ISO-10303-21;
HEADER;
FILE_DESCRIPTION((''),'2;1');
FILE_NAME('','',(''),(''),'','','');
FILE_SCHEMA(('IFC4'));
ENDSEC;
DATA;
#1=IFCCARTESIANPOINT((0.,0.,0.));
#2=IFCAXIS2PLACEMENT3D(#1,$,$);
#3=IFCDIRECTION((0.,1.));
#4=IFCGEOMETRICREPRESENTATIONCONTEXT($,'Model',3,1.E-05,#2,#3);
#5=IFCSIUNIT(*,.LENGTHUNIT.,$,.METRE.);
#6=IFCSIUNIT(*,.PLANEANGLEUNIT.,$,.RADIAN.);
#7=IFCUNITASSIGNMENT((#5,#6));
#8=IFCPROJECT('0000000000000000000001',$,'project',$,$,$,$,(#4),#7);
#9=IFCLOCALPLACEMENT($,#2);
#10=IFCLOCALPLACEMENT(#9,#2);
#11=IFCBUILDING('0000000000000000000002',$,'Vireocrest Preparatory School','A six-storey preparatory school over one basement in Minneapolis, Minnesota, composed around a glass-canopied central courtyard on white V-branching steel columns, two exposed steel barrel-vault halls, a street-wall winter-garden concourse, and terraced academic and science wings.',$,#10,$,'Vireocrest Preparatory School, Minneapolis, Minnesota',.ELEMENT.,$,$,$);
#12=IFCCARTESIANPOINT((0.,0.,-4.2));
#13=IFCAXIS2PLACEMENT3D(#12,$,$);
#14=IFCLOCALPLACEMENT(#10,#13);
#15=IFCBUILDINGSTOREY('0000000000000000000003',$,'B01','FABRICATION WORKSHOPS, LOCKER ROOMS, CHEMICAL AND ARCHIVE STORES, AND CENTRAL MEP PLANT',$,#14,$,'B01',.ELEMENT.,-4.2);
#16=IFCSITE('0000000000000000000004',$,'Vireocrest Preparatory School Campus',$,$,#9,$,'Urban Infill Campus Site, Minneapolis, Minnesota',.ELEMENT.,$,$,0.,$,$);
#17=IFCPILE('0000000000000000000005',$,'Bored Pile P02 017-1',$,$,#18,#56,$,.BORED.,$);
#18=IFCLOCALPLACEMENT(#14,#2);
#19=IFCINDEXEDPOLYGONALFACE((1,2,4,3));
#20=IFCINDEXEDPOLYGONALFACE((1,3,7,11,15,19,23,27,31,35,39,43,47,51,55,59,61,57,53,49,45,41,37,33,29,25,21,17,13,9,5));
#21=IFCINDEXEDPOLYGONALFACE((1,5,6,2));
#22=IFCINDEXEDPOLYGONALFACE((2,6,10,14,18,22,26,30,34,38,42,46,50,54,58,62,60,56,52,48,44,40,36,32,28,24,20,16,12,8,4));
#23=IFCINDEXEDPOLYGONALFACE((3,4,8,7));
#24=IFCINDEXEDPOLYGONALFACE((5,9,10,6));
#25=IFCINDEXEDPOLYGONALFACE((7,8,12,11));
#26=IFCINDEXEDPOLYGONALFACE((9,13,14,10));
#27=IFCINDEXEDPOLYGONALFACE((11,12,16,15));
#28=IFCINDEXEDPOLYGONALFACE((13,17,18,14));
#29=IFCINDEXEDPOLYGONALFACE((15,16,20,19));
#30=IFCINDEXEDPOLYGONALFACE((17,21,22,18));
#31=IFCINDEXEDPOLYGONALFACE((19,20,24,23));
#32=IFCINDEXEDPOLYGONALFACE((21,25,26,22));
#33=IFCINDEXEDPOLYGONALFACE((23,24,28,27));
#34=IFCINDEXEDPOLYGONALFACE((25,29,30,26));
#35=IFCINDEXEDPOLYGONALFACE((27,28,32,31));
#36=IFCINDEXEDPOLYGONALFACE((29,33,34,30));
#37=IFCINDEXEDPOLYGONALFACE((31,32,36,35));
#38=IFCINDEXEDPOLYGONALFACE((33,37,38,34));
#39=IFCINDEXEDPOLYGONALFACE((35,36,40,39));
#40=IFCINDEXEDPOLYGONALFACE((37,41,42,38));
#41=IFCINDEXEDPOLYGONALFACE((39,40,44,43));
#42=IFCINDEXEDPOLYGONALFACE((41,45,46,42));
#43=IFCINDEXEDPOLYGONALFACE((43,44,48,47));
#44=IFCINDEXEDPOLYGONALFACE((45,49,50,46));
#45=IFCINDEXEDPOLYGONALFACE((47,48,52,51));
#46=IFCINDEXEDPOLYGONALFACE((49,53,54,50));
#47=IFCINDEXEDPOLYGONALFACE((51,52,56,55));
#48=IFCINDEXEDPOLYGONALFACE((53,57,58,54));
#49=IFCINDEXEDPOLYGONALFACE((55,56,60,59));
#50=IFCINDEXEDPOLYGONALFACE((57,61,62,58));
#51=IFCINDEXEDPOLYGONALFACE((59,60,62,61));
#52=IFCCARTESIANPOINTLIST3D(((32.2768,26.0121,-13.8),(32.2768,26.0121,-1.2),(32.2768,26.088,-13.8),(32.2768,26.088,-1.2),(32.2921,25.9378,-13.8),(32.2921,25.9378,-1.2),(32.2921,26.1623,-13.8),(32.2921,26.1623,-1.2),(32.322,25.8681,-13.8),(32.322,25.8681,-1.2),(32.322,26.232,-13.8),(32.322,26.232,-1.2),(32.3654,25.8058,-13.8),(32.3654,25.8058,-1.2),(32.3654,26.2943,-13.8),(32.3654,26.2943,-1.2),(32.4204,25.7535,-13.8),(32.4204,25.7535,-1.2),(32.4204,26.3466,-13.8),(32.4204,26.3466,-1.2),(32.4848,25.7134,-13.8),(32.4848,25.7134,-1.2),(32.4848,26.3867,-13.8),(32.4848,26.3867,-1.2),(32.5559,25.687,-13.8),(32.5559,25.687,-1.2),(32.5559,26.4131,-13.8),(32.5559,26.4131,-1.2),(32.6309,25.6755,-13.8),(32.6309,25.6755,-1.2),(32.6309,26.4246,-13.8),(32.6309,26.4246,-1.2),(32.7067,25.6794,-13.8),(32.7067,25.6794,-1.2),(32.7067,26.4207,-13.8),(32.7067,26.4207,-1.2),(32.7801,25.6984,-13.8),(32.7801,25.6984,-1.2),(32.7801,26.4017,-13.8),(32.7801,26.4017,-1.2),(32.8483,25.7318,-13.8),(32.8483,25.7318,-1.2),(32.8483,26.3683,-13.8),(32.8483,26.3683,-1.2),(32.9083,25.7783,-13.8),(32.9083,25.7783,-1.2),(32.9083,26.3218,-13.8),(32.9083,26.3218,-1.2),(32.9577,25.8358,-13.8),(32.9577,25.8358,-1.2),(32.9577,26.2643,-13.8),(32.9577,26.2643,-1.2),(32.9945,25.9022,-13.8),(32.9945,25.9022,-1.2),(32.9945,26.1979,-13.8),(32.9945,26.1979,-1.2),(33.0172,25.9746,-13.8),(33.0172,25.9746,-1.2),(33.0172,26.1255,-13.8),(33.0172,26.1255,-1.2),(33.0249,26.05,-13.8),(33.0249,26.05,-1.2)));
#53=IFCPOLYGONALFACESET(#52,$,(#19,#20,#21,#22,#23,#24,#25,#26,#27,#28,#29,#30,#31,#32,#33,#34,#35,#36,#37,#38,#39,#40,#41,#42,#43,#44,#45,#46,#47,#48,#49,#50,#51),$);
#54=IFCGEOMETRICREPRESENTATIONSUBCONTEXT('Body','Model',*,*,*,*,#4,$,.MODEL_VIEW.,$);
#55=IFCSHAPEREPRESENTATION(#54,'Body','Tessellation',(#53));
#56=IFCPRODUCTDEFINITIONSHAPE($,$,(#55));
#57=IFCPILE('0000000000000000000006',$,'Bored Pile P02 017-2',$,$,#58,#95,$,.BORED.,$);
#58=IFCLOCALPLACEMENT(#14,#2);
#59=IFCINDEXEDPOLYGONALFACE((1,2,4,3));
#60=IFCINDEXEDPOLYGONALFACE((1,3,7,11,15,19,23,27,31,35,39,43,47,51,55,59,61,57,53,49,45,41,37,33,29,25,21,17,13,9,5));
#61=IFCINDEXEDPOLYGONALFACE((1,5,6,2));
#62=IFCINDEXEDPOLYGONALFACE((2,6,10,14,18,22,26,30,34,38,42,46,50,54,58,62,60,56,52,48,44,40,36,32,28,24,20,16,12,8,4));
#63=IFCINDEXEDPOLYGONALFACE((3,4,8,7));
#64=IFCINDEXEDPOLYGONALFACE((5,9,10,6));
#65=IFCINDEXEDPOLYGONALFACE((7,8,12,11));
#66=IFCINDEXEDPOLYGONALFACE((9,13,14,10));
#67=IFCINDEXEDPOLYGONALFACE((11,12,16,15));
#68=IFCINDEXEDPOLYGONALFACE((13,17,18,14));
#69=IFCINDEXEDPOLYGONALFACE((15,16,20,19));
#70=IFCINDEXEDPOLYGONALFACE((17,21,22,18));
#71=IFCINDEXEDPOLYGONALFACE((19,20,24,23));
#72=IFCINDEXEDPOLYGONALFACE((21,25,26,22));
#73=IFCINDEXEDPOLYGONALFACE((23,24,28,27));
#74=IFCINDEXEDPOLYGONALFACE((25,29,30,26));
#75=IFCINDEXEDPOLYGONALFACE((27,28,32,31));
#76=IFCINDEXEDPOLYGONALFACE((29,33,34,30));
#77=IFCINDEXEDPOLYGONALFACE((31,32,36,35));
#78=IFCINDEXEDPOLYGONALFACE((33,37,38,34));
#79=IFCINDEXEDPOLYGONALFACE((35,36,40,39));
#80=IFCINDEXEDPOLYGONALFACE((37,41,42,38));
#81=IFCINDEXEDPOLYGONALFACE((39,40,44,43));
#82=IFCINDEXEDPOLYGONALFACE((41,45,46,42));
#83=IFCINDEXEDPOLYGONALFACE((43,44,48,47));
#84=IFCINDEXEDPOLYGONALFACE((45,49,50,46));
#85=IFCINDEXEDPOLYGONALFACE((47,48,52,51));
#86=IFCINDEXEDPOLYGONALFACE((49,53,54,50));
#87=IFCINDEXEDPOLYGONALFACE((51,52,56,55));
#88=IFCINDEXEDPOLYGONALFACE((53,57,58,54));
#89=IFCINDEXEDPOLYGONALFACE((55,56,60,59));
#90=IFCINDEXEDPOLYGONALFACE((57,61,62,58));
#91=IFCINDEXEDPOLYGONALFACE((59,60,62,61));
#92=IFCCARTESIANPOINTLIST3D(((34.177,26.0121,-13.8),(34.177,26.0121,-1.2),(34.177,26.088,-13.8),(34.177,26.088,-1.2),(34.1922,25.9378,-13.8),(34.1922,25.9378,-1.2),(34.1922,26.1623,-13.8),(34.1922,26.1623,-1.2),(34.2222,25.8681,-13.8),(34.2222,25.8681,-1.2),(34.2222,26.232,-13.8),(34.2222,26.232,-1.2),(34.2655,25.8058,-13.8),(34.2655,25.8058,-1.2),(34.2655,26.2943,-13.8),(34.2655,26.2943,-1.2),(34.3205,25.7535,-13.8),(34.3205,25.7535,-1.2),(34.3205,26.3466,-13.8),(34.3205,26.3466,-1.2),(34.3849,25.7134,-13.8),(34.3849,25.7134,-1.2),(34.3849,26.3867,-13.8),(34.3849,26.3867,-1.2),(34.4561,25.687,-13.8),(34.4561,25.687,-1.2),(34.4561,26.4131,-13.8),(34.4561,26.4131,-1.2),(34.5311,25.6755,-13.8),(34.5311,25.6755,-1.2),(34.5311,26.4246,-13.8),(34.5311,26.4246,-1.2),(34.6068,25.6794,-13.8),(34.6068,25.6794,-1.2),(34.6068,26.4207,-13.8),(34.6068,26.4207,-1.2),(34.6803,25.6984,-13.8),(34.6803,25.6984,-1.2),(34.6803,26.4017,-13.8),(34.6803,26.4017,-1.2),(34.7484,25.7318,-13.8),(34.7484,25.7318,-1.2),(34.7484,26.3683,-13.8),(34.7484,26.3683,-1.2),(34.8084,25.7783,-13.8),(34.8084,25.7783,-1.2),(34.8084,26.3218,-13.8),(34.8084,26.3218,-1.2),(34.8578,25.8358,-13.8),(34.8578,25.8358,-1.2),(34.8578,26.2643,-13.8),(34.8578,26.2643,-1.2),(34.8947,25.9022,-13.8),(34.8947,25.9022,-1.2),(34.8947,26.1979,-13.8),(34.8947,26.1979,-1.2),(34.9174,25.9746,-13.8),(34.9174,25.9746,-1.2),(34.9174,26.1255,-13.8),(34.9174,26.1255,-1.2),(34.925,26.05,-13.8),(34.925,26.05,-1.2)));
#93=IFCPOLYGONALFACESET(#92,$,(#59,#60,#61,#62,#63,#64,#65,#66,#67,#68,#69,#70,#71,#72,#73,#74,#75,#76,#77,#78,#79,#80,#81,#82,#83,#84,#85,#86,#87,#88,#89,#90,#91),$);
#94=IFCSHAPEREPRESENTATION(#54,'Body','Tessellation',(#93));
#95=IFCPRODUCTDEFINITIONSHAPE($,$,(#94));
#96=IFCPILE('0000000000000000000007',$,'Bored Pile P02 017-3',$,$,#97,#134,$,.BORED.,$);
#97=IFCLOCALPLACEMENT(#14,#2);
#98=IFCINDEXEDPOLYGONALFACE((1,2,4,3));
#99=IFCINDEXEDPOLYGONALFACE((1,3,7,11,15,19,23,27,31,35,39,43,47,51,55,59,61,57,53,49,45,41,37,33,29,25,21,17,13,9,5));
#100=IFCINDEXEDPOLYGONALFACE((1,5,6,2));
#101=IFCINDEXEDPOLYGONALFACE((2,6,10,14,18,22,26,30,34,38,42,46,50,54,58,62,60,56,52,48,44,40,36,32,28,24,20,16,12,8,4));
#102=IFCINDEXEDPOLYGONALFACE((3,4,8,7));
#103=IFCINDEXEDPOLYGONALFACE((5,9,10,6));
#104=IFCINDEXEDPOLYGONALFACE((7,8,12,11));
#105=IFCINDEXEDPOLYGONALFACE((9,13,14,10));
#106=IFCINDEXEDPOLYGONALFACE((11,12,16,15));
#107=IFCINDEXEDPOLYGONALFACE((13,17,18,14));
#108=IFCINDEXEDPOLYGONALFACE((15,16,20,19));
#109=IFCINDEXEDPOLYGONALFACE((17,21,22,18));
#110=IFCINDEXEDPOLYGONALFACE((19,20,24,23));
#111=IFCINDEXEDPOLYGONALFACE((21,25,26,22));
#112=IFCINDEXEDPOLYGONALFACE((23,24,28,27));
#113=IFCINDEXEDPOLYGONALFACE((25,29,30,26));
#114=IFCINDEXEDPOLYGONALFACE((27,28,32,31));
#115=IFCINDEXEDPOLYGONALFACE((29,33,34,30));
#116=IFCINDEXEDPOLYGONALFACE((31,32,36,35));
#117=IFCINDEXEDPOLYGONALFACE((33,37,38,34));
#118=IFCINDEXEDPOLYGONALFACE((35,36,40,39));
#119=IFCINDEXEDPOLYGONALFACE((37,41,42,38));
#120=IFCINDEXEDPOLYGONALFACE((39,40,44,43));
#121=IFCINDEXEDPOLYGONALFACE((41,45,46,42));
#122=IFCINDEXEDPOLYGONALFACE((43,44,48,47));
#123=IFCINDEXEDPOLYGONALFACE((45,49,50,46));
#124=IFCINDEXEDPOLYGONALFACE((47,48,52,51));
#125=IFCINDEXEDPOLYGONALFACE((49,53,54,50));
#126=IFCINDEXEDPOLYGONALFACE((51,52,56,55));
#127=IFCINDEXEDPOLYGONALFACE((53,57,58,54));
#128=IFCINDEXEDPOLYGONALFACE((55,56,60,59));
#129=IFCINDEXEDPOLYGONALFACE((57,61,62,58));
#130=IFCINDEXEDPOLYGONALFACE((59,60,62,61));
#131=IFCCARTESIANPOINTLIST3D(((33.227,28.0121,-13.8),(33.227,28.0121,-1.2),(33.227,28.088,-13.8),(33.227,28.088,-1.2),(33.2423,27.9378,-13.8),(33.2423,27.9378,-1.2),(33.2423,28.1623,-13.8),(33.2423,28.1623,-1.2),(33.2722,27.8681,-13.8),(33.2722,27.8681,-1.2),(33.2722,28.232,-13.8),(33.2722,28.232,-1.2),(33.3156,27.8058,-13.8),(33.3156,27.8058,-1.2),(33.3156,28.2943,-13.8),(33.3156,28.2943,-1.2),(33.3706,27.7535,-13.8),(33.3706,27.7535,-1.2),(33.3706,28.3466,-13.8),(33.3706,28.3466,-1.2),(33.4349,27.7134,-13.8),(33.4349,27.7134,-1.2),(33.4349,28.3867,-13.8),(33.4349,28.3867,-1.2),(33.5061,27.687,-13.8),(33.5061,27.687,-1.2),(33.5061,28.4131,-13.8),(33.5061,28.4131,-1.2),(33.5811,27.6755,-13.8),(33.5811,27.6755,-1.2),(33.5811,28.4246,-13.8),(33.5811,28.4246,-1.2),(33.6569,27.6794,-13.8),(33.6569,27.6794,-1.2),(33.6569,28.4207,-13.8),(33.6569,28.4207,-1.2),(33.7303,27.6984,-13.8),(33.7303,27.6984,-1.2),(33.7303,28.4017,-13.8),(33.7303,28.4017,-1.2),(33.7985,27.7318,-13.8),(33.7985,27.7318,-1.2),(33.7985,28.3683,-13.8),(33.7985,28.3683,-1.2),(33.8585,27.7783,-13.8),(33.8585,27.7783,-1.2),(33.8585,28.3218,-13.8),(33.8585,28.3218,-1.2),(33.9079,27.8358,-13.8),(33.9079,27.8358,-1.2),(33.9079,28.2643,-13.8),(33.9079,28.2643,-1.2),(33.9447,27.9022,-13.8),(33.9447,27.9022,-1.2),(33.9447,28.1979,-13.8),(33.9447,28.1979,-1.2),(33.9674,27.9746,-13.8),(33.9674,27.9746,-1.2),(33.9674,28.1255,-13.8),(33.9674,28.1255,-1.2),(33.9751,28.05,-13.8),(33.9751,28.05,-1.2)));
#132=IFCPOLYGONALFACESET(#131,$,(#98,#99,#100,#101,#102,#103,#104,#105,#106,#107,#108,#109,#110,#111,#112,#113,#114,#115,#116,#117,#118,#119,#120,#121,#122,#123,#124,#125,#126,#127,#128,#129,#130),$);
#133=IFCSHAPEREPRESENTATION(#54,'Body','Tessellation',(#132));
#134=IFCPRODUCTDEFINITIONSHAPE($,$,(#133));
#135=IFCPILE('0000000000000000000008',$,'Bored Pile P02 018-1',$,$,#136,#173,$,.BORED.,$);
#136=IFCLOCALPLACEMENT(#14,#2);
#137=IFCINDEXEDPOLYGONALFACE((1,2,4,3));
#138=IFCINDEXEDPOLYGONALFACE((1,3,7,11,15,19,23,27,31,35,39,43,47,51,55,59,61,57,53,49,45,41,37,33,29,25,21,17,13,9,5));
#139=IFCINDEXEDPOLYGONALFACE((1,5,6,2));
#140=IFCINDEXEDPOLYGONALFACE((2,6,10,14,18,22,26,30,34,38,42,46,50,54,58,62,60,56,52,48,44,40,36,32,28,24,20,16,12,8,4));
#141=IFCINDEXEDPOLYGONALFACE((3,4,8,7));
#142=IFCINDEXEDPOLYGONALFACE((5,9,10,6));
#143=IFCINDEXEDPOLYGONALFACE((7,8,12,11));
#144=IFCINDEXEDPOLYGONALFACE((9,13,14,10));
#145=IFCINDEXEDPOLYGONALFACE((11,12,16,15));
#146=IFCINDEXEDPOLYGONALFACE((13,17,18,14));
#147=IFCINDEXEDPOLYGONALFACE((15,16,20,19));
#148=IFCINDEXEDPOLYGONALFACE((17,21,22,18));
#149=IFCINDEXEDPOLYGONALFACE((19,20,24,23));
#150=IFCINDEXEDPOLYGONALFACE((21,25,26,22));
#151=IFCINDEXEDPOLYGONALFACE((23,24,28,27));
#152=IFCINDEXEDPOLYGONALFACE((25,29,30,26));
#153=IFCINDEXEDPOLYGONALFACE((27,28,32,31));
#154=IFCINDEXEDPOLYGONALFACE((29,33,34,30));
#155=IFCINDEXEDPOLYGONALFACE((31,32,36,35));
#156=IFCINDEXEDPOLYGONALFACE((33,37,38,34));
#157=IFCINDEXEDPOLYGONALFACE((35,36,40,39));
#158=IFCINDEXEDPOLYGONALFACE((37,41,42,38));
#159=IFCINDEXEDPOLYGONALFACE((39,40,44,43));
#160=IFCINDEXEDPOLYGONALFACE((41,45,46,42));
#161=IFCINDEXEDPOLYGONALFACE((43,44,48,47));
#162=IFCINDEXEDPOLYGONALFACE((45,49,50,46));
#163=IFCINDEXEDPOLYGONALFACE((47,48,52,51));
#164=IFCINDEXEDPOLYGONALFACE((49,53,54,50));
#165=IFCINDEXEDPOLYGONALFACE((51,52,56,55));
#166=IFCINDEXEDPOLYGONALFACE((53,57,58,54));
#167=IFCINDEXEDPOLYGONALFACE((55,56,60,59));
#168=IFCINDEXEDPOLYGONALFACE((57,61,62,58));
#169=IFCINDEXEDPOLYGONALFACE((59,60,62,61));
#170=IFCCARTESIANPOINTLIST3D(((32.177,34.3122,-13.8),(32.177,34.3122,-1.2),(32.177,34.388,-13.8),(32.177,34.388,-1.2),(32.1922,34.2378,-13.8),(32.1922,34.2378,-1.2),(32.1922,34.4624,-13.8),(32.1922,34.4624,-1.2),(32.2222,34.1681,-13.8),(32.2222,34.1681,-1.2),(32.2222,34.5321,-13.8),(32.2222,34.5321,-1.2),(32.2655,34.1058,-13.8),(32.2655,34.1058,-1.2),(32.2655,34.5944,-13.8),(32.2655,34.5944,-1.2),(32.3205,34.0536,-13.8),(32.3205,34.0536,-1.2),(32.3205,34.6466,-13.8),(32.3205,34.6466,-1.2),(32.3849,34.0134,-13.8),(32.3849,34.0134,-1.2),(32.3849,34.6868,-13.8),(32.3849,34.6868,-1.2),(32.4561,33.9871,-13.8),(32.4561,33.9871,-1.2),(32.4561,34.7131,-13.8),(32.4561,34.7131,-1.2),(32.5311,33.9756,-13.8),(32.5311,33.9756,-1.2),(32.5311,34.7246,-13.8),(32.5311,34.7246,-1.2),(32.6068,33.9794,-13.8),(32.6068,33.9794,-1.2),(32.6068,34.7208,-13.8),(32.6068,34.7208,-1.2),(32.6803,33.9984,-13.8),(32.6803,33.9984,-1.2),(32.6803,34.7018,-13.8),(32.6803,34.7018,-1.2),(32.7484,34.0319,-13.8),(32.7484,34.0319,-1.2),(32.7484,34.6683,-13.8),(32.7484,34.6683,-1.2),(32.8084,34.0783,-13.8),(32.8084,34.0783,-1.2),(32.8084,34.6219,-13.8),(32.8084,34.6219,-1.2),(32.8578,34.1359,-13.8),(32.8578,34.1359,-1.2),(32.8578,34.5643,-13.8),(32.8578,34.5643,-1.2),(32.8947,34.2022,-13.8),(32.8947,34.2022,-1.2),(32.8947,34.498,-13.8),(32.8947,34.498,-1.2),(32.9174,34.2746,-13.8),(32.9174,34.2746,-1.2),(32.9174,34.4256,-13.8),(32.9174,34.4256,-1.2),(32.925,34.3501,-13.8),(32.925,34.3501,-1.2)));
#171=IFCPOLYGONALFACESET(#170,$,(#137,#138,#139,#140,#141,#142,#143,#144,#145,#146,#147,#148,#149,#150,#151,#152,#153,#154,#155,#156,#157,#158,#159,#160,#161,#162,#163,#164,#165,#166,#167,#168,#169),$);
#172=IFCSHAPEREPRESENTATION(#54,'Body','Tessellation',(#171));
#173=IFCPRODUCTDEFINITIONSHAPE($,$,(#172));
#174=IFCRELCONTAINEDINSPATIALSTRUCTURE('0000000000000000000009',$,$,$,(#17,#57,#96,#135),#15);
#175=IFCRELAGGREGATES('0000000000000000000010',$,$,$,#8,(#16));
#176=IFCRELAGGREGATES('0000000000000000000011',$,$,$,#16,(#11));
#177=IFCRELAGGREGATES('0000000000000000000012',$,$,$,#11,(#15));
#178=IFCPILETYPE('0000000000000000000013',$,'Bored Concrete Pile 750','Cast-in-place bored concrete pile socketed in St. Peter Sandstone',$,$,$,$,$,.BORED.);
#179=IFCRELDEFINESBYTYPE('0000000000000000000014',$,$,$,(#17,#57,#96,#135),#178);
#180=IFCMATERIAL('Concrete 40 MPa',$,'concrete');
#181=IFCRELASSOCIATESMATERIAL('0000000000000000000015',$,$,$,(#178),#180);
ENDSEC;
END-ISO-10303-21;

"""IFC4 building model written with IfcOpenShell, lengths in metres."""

from ifc_helpers import new_model, si_unit, direction, frame, origin, origin_2d, place, context, subcontext, project, spatial, circle, extrude, material, material_profile, profile_set, type_object, element, save


model = new_model("IFC4")

# Units and contexts
model_context = context("Model", 3, precision=1e-05, world=origin(), true_north=direction((0.0, 1.0)))
body_context = subcontext(model_context, "Body", "Model", "MODEL_VIEW")
ifc_project = project(units=[si_unit("LENGTHUNIT", "METRE"), si_unit("PLANEANGLEUNIT", "RADIAN")], contexts=[model_context])

# Site, building, storey
site_placement = place(None, origin())
site = spatial("IfcSite", under=ifc_project, at=site_placement, Name="Vireocrest Preparatory School Campus", LongName="Urban Infill Campus Site, Minneapolis, Minnesota", CompositionType="ELEMENT", RefElevation=0.0)
building_placement = place(site_placement, origin())
building = spatial("IfcBuilding", under=site, at=building_placement, Name="Vireocrest Preparatory School", Description="A six-storey preparatory school over one basement in Minneapolis, Minnesota, composed around a glass-canopied central courtyard on white V-branching steel columns, two exposed steel barrel-vault halls, a street-wall winter-garden concourse, and terraced academic and science wings.", LongName="Vireocrest Preparatory School, Minneapolis, Minnesota", CompositionType="ELEMENT")
storey_placement = place(building_placement, frame((0.0, 0.0, -4.2)))
storey = spatial("IfcBuildingStorey", under=building, at=storey_placement, Name="B01", Description="FABRICATION WORKSHOPS, LOCKER ROOMS, CHEMICAL AND ARCHIVE STORES, AND CENTRAL MEP PLANT", LongName="B01", CompositionType="ELEMENT", Elevation=-4.2)

# Piles
ifc_material_1 = material(Name="Concrete 40 MPa", Category="concrete")
ifc_material_profile_1 = material_profile(ifc_material_1, circle(Radius=0.375, at=origin_2d()), Name="BORED PILE 750")
ifc_profile_set_1 = profile_set([ifc_material_profile_1], Name="Concrete 40 MPa")
pile_type_1 = type_object("IfcPileType", Name="Bored Concrete Pile 750", Description="Cast-in-place bored concrete pile socketed in St. Peter Sandstone", PredefinedType="BORED", material=ifc_profile_set_1)
for number, where, z_axis, x_axis, name in (
    (1, (32.6499, 26.05, -1.2), (0.0, 0.0, -1.0), (1.0, 0.0, 0.0), "Bored Pile P02 017-1"),
    (2, (34.55, 26.05, -1.2), (0.0, 0.0, -1.0), (1.0, 0.0, 0.0), "Bored Pile P02 017-2"),
    (3, (33.6001, 28.05, -1.2), (0.0, 0.0, -1.0), (1.0, 0.0, 0.0), "Bored Pile P02 017-3"),
    (4, (32.55, 34.3501, -1.2), (0.0, 0.0, -1.0), (1.0, 0.0, 0.0), "Bored Pile P02 018-1"),
):
    element("IfcPile", number, at=place(storey_placement, frame(where, z_axis=z_axis, x_axis=x_axis)), inside=storey, type_object=pile_type_1, Name=name, PredefinedType="BORED", context=body_context, shape_type="SweptSolid", body=[
        extrude(circle(Radius=0.375, at=origin_2d()), origin(), (0.0, 0.0, 1.0), 12.6001),
    ])

save(model, "model.ifc")
